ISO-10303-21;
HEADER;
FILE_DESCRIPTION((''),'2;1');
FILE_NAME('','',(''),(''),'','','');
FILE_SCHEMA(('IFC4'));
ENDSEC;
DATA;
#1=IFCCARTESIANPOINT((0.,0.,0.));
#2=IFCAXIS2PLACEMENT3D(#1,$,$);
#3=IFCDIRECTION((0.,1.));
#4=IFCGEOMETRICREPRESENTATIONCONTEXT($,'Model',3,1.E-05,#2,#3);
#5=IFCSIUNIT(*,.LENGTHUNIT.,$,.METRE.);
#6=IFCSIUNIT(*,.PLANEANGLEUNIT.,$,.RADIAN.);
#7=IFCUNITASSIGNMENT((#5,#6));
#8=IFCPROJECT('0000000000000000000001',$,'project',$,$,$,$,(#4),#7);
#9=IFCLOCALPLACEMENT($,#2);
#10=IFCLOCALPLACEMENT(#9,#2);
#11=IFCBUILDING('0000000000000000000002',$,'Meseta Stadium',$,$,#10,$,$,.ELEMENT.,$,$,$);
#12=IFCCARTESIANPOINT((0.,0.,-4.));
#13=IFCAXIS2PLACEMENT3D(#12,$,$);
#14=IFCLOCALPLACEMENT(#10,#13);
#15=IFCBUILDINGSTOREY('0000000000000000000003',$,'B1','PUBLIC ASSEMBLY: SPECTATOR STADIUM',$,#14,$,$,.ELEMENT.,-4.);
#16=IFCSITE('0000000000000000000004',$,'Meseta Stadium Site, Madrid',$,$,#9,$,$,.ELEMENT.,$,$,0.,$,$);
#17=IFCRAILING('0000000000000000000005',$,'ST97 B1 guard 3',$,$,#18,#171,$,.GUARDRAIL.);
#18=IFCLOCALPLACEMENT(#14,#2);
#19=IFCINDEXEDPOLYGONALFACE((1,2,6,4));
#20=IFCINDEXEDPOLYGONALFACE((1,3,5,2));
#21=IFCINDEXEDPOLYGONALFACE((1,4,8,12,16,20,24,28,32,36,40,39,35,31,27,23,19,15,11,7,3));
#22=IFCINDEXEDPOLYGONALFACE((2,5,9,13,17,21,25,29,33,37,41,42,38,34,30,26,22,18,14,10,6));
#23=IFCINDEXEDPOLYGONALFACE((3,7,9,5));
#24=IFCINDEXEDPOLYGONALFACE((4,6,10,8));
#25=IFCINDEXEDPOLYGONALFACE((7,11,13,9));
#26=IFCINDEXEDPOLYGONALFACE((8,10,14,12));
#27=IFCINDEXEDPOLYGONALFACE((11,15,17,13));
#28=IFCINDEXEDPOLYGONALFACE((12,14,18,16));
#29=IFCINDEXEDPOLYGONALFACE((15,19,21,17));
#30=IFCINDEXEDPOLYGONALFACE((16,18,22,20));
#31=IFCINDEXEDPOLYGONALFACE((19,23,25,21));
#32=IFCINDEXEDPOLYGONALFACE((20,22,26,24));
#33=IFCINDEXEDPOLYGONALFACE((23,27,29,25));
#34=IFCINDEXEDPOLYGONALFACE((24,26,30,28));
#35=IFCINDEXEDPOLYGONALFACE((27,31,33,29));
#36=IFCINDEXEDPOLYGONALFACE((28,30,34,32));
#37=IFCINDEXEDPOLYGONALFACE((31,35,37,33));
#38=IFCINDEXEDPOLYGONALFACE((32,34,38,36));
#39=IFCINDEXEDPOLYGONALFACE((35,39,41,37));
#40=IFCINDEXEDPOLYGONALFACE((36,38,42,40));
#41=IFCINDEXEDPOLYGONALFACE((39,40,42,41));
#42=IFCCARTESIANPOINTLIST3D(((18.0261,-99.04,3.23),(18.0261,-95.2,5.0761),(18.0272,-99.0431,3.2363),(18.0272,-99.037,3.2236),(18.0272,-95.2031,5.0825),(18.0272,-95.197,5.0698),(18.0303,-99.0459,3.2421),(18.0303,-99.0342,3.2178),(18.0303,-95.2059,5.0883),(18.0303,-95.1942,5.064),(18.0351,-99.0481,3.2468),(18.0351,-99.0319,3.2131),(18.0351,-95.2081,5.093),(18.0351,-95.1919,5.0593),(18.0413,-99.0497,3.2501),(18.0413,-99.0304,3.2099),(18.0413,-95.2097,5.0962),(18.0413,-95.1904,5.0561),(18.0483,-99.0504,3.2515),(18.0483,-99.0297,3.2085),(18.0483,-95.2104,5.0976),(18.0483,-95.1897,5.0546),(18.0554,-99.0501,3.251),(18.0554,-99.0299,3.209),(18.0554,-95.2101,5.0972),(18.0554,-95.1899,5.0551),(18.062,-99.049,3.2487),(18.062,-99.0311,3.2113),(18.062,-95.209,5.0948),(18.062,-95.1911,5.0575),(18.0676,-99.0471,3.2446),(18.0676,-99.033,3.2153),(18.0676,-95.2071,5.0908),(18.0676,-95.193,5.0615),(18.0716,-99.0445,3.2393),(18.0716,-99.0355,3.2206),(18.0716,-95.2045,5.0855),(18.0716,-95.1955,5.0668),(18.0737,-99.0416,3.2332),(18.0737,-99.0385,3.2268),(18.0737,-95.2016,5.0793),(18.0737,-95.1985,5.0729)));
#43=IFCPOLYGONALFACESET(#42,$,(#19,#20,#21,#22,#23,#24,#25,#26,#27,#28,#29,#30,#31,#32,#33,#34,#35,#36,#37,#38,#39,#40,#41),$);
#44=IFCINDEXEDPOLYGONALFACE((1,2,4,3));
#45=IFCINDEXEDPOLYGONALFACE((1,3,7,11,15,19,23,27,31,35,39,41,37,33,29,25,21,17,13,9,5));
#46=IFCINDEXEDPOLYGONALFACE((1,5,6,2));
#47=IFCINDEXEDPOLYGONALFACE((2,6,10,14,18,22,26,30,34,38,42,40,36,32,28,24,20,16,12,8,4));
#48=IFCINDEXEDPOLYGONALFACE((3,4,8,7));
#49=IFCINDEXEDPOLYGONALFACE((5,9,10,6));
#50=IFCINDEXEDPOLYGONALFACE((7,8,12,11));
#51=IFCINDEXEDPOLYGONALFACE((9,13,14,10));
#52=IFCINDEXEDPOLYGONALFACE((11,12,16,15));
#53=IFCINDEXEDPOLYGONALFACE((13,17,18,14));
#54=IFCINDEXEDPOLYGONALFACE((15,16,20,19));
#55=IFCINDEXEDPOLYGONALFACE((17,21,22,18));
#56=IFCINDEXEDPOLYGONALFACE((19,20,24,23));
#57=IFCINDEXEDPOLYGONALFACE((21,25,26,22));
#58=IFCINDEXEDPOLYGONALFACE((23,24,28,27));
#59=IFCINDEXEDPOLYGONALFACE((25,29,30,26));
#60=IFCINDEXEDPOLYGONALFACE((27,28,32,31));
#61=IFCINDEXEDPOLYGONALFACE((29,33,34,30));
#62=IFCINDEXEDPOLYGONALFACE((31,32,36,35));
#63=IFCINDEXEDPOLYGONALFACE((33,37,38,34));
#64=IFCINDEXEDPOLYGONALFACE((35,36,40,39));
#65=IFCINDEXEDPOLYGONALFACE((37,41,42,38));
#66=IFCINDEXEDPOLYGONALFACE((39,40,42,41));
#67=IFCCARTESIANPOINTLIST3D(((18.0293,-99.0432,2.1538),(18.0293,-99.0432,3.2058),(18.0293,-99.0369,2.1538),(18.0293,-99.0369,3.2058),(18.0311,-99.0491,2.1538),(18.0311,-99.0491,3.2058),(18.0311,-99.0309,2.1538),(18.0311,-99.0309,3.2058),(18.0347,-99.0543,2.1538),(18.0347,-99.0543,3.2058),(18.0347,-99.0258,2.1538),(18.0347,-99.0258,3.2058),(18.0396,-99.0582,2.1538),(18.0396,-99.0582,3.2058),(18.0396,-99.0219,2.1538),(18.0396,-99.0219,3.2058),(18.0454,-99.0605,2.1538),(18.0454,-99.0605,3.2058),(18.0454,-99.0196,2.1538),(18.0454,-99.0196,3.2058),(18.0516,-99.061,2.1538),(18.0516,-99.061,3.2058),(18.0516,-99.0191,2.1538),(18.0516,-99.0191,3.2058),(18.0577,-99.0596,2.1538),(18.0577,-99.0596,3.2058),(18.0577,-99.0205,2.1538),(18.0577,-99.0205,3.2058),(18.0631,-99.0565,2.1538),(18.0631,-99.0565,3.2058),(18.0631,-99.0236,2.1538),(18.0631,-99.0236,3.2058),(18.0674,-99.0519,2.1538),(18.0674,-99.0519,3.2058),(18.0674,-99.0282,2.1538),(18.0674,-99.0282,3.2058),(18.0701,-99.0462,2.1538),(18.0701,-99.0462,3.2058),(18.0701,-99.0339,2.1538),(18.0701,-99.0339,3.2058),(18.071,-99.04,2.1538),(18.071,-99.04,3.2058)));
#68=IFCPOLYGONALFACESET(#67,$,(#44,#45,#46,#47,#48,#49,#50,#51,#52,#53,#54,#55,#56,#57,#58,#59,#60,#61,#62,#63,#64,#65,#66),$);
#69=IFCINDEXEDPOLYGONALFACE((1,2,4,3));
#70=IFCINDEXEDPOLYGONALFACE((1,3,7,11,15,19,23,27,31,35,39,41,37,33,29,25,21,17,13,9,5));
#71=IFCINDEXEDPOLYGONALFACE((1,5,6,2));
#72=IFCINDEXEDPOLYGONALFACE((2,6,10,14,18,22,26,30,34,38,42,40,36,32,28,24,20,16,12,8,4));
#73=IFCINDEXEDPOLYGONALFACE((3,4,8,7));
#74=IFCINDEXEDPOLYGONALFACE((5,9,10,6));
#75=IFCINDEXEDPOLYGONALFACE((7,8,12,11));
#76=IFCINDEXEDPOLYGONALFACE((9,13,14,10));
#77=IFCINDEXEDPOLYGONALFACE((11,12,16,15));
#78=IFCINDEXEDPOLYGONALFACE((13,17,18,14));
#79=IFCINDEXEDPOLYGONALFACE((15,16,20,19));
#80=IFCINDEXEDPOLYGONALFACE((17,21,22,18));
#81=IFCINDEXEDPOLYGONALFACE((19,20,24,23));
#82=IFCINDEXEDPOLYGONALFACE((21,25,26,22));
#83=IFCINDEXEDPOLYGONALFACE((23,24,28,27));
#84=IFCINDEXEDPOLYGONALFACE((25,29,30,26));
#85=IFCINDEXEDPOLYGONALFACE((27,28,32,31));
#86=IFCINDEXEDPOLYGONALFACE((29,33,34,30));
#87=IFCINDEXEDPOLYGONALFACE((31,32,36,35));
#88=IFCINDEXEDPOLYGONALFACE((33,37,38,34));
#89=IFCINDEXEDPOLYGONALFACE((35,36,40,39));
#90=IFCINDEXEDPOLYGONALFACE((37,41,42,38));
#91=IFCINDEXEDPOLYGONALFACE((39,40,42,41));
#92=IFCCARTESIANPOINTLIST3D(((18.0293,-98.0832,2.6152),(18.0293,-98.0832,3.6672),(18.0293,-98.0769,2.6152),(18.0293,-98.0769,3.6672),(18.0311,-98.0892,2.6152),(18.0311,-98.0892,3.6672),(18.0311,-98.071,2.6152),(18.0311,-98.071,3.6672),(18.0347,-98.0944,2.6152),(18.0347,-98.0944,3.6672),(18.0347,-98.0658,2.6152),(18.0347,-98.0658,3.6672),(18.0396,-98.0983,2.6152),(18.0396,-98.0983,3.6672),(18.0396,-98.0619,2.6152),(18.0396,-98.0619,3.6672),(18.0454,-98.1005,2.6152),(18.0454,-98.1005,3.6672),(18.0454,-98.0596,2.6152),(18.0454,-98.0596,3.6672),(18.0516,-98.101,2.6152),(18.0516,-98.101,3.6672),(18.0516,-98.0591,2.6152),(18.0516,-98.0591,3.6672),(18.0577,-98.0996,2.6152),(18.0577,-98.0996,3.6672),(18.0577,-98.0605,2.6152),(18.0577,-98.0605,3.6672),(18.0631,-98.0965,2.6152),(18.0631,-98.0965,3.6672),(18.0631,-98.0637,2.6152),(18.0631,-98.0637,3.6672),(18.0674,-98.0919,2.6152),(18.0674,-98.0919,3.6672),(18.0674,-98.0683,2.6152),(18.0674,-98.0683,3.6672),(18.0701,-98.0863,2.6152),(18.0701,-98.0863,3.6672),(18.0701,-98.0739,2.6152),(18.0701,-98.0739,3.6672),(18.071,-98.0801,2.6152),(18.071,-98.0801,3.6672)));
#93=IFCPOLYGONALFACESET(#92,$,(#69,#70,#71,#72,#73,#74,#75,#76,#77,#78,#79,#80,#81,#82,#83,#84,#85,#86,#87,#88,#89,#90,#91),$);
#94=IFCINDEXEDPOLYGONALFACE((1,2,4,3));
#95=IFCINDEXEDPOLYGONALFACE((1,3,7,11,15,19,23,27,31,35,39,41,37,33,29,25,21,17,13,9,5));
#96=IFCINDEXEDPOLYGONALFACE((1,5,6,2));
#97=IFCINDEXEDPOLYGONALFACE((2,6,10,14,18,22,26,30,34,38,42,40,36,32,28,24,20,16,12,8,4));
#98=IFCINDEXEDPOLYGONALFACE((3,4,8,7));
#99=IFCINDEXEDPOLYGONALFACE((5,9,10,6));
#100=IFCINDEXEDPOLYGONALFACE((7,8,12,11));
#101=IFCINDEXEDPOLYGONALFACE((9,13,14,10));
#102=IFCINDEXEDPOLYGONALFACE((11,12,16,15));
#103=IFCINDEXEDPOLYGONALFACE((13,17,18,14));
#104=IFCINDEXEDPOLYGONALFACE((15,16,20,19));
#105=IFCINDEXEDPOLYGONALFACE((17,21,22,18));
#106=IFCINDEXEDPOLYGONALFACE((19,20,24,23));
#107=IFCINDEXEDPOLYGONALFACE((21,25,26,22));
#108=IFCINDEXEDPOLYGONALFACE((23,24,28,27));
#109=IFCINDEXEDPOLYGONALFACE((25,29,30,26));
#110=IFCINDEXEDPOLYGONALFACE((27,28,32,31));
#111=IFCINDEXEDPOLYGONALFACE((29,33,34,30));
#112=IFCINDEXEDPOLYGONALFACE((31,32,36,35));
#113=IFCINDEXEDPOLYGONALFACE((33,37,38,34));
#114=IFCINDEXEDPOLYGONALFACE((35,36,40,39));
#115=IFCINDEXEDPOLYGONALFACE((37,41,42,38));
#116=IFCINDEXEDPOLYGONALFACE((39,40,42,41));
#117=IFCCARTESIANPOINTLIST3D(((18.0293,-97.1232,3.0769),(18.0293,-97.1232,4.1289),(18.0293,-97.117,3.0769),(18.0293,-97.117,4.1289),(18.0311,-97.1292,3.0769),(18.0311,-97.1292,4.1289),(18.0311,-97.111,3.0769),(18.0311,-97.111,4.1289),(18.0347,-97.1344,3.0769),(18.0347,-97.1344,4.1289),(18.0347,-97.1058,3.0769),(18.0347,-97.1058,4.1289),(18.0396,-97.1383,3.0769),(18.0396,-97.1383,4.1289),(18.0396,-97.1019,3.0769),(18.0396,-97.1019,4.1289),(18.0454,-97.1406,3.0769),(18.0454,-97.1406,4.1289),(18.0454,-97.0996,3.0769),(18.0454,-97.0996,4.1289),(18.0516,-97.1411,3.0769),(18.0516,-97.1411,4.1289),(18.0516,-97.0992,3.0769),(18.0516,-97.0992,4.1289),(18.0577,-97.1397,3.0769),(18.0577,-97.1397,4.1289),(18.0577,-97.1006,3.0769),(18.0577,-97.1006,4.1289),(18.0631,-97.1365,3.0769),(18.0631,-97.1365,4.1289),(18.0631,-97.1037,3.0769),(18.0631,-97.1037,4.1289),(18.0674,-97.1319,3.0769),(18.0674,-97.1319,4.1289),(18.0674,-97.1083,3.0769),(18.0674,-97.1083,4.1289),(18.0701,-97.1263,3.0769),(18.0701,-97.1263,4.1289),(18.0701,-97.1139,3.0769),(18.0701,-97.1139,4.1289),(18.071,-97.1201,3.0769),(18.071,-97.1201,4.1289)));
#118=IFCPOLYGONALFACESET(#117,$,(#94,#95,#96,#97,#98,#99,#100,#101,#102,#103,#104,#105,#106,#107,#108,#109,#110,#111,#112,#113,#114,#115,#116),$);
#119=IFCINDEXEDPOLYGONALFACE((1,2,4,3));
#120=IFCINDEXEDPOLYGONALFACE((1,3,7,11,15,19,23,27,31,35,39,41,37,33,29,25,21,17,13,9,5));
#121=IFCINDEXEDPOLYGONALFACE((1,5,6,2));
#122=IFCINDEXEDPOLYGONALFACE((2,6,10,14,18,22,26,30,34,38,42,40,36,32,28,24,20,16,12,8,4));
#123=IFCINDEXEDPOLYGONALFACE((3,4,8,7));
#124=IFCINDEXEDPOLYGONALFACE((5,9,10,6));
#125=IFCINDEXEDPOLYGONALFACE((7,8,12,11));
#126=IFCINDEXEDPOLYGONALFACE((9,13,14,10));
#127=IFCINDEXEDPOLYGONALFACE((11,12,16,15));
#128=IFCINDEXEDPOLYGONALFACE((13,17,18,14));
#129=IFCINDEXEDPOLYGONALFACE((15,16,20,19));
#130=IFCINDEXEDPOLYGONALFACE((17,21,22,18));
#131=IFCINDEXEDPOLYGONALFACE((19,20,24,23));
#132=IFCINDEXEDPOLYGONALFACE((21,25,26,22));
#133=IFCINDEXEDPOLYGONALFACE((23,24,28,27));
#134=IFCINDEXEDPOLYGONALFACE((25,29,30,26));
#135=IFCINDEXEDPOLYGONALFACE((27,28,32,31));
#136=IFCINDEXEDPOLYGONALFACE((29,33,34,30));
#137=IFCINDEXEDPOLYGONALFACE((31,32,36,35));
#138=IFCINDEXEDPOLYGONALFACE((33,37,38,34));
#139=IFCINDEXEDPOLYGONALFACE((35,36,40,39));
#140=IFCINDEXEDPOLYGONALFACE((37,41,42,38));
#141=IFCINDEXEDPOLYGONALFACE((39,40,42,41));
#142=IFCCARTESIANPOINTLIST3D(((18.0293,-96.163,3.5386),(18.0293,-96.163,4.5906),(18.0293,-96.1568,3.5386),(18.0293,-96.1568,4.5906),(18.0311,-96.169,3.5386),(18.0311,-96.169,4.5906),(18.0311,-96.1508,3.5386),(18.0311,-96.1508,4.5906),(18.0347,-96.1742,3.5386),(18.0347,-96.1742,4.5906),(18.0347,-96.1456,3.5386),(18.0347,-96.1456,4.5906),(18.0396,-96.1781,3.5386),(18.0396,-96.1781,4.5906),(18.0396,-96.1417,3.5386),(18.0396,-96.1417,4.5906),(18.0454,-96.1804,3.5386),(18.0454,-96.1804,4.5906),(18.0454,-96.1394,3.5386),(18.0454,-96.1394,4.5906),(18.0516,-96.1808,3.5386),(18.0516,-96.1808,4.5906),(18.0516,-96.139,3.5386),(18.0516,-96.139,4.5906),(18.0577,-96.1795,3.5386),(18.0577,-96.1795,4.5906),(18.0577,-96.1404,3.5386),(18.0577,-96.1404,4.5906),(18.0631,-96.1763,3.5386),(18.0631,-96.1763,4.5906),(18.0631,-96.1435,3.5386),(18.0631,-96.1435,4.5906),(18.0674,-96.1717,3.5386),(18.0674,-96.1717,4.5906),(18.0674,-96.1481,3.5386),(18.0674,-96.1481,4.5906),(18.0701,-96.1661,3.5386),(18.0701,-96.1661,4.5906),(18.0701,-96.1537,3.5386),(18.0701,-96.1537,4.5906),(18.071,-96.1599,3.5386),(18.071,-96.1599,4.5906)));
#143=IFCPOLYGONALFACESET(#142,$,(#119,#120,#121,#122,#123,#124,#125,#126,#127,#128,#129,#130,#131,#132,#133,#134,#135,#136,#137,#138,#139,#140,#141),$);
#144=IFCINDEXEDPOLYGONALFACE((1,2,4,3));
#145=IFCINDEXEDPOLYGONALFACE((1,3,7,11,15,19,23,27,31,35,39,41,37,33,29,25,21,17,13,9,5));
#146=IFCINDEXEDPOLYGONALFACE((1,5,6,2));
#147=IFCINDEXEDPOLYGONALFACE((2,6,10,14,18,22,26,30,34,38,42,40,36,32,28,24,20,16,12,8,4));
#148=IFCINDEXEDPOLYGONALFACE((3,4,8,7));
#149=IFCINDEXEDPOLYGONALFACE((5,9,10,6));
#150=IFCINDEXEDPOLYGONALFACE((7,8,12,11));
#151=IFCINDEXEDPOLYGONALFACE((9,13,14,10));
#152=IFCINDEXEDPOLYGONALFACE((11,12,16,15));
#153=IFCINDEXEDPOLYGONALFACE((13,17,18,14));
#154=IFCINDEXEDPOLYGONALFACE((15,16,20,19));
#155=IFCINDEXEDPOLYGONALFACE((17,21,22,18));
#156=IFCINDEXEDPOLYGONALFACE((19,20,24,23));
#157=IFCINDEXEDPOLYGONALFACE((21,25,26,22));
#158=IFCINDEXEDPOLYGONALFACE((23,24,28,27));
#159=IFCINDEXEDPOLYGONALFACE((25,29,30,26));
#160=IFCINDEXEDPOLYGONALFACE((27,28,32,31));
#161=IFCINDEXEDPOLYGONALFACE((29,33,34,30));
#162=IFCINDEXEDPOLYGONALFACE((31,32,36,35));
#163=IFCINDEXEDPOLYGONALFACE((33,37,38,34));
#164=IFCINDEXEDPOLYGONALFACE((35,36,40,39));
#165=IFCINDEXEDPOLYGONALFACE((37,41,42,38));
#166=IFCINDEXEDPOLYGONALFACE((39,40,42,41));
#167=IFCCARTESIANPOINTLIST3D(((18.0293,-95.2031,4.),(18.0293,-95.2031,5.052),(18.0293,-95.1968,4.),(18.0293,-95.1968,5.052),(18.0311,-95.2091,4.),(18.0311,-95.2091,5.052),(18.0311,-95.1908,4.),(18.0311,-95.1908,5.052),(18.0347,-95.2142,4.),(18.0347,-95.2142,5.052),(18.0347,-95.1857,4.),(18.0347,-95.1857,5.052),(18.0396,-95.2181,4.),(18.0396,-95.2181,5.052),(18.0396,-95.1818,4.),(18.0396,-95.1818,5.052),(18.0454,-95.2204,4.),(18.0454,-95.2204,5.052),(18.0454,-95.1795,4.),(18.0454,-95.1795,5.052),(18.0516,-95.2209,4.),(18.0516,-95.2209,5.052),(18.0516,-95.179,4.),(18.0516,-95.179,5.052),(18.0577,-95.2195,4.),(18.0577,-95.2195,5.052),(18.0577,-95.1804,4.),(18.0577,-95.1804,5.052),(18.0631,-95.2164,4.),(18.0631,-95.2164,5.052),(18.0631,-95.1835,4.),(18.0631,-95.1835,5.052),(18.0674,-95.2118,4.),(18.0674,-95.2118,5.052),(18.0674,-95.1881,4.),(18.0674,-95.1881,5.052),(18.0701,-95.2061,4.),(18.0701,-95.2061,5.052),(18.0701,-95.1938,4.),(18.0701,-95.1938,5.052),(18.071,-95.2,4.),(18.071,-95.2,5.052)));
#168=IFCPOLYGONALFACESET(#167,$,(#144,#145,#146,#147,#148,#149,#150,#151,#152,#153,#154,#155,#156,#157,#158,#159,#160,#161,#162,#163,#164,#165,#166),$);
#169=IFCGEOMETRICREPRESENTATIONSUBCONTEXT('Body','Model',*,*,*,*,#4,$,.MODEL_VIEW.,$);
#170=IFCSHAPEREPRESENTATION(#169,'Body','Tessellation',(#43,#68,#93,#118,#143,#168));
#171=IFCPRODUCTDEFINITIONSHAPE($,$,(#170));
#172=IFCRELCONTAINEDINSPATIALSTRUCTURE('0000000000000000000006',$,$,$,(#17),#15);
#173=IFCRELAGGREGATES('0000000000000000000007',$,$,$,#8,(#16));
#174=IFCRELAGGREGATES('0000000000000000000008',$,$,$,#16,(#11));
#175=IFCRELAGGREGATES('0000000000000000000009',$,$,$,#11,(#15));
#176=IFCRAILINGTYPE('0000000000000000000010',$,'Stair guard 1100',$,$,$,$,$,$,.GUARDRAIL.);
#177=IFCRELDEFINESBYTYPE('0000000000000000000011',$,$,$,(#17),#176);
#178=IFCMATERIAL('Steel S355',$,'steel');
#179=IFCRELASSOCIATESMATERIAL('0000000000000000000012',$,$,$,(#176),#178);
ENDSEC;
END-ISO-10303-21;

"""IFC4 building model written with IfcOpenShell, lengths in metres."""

from ifc_helpers import new_model, si_unit, direction, frame, origin, origin_2d, place, context, subcontext, project, spatial, circle, extrude, material, type_object, element, save


model = new_model("IFC4")

# Units and contexts
model_context = context("Model", 3, precision=1e-05, world=origin(), true_north=direction((0.0, 1.0)))
body_context = subcontext(model_context, "Body", "Model", "MODEL_VIEW")
ifc_project = project(units=[si_unit("LENGTHUNIT", "METRE"), si_unit("PLANEANGLEUNIT", "RADIAN")], contexts=[model_context])

# Site, building, storey
site_placement = place(None, origin())
site = spatial("IfcSite", under=ifc_project, at=site_placement, Name="Meseta Stadium Site, Madrid", CompositionType="ELEMENT", RefElevation=0.0)
building_placement = place(site_placement, origin())
building = spatial("IfcBuilding", under=site, at=building_placement, Name="Meseta Stadium", CompositionType="ELEMENT")
storey_placement = place(building_placement, frame((0.0, 0.0, -4.0)))
storey = spatial("IfcBuildingStorey", under=building, at=storey_placement, Name="B1", Description="PUBLIC ASSEMBLY: SPECTATOR STADIUM", CompositionType="ELEMENT", Elevation=-4.0)

# Railing
ifc_material_1 = material(Name="Steel S355", Category="steel")
railing_type_1 = type_object("IfcRailingType", Name="Stair guard 1100", PredefinedType="GUARDRAIL", material=ifc_material_1)
railing_1_placement = place(storey_placement, frame((18.05, -99.04, 2.1538)))
element("IfcRailing", 1, at=railing_1_placement, inside=storey, type_object=railing_type_1, Name="ST97 B1 guard 3", PredefinedType="GUARDRAIL", context=body_context, shape_type="SweptSolid", body=[
    extrude(circle(Radius=0.0239, at=origin_2d()), frame((0.0, 0.0, 1.0762), z_axis=(0.0, 0.901253, 0.433294), x_axis=(-1.0, 0.0, 0.0)), (0.0, 0.0, 1.0), 4.2607),
    extrude(circle(Radius=0.021, at=origin_2d()), origin(), (0.0, 0.0, 1.0), 1.052),
    extrude(circle(Radius=0.021, at=origin_2d()), frame((0.0, 0.96, 0.4614)), (0.0, 0.0, 1.0), 1.052),
    extrude(circle(Radius=0.021, at=origin_2d()), frame((0.0, 1.9199, 0.9231)), (0.0, 0.0, 1.0), 1.052),
    extrude(circle(Radius=0.021, at=origin_2d()), frame((0.0, 2.8801, 1.3848)), (0.0, 0.0, 1.0), 1.052),
    extrude(circle(Radius=0.021, at=origin_2d()), frame((0.0, 3.8401, 1.8462)), (0.0, 0.0, 1.0), 1.052),
])

save(model, "model.ifc")
